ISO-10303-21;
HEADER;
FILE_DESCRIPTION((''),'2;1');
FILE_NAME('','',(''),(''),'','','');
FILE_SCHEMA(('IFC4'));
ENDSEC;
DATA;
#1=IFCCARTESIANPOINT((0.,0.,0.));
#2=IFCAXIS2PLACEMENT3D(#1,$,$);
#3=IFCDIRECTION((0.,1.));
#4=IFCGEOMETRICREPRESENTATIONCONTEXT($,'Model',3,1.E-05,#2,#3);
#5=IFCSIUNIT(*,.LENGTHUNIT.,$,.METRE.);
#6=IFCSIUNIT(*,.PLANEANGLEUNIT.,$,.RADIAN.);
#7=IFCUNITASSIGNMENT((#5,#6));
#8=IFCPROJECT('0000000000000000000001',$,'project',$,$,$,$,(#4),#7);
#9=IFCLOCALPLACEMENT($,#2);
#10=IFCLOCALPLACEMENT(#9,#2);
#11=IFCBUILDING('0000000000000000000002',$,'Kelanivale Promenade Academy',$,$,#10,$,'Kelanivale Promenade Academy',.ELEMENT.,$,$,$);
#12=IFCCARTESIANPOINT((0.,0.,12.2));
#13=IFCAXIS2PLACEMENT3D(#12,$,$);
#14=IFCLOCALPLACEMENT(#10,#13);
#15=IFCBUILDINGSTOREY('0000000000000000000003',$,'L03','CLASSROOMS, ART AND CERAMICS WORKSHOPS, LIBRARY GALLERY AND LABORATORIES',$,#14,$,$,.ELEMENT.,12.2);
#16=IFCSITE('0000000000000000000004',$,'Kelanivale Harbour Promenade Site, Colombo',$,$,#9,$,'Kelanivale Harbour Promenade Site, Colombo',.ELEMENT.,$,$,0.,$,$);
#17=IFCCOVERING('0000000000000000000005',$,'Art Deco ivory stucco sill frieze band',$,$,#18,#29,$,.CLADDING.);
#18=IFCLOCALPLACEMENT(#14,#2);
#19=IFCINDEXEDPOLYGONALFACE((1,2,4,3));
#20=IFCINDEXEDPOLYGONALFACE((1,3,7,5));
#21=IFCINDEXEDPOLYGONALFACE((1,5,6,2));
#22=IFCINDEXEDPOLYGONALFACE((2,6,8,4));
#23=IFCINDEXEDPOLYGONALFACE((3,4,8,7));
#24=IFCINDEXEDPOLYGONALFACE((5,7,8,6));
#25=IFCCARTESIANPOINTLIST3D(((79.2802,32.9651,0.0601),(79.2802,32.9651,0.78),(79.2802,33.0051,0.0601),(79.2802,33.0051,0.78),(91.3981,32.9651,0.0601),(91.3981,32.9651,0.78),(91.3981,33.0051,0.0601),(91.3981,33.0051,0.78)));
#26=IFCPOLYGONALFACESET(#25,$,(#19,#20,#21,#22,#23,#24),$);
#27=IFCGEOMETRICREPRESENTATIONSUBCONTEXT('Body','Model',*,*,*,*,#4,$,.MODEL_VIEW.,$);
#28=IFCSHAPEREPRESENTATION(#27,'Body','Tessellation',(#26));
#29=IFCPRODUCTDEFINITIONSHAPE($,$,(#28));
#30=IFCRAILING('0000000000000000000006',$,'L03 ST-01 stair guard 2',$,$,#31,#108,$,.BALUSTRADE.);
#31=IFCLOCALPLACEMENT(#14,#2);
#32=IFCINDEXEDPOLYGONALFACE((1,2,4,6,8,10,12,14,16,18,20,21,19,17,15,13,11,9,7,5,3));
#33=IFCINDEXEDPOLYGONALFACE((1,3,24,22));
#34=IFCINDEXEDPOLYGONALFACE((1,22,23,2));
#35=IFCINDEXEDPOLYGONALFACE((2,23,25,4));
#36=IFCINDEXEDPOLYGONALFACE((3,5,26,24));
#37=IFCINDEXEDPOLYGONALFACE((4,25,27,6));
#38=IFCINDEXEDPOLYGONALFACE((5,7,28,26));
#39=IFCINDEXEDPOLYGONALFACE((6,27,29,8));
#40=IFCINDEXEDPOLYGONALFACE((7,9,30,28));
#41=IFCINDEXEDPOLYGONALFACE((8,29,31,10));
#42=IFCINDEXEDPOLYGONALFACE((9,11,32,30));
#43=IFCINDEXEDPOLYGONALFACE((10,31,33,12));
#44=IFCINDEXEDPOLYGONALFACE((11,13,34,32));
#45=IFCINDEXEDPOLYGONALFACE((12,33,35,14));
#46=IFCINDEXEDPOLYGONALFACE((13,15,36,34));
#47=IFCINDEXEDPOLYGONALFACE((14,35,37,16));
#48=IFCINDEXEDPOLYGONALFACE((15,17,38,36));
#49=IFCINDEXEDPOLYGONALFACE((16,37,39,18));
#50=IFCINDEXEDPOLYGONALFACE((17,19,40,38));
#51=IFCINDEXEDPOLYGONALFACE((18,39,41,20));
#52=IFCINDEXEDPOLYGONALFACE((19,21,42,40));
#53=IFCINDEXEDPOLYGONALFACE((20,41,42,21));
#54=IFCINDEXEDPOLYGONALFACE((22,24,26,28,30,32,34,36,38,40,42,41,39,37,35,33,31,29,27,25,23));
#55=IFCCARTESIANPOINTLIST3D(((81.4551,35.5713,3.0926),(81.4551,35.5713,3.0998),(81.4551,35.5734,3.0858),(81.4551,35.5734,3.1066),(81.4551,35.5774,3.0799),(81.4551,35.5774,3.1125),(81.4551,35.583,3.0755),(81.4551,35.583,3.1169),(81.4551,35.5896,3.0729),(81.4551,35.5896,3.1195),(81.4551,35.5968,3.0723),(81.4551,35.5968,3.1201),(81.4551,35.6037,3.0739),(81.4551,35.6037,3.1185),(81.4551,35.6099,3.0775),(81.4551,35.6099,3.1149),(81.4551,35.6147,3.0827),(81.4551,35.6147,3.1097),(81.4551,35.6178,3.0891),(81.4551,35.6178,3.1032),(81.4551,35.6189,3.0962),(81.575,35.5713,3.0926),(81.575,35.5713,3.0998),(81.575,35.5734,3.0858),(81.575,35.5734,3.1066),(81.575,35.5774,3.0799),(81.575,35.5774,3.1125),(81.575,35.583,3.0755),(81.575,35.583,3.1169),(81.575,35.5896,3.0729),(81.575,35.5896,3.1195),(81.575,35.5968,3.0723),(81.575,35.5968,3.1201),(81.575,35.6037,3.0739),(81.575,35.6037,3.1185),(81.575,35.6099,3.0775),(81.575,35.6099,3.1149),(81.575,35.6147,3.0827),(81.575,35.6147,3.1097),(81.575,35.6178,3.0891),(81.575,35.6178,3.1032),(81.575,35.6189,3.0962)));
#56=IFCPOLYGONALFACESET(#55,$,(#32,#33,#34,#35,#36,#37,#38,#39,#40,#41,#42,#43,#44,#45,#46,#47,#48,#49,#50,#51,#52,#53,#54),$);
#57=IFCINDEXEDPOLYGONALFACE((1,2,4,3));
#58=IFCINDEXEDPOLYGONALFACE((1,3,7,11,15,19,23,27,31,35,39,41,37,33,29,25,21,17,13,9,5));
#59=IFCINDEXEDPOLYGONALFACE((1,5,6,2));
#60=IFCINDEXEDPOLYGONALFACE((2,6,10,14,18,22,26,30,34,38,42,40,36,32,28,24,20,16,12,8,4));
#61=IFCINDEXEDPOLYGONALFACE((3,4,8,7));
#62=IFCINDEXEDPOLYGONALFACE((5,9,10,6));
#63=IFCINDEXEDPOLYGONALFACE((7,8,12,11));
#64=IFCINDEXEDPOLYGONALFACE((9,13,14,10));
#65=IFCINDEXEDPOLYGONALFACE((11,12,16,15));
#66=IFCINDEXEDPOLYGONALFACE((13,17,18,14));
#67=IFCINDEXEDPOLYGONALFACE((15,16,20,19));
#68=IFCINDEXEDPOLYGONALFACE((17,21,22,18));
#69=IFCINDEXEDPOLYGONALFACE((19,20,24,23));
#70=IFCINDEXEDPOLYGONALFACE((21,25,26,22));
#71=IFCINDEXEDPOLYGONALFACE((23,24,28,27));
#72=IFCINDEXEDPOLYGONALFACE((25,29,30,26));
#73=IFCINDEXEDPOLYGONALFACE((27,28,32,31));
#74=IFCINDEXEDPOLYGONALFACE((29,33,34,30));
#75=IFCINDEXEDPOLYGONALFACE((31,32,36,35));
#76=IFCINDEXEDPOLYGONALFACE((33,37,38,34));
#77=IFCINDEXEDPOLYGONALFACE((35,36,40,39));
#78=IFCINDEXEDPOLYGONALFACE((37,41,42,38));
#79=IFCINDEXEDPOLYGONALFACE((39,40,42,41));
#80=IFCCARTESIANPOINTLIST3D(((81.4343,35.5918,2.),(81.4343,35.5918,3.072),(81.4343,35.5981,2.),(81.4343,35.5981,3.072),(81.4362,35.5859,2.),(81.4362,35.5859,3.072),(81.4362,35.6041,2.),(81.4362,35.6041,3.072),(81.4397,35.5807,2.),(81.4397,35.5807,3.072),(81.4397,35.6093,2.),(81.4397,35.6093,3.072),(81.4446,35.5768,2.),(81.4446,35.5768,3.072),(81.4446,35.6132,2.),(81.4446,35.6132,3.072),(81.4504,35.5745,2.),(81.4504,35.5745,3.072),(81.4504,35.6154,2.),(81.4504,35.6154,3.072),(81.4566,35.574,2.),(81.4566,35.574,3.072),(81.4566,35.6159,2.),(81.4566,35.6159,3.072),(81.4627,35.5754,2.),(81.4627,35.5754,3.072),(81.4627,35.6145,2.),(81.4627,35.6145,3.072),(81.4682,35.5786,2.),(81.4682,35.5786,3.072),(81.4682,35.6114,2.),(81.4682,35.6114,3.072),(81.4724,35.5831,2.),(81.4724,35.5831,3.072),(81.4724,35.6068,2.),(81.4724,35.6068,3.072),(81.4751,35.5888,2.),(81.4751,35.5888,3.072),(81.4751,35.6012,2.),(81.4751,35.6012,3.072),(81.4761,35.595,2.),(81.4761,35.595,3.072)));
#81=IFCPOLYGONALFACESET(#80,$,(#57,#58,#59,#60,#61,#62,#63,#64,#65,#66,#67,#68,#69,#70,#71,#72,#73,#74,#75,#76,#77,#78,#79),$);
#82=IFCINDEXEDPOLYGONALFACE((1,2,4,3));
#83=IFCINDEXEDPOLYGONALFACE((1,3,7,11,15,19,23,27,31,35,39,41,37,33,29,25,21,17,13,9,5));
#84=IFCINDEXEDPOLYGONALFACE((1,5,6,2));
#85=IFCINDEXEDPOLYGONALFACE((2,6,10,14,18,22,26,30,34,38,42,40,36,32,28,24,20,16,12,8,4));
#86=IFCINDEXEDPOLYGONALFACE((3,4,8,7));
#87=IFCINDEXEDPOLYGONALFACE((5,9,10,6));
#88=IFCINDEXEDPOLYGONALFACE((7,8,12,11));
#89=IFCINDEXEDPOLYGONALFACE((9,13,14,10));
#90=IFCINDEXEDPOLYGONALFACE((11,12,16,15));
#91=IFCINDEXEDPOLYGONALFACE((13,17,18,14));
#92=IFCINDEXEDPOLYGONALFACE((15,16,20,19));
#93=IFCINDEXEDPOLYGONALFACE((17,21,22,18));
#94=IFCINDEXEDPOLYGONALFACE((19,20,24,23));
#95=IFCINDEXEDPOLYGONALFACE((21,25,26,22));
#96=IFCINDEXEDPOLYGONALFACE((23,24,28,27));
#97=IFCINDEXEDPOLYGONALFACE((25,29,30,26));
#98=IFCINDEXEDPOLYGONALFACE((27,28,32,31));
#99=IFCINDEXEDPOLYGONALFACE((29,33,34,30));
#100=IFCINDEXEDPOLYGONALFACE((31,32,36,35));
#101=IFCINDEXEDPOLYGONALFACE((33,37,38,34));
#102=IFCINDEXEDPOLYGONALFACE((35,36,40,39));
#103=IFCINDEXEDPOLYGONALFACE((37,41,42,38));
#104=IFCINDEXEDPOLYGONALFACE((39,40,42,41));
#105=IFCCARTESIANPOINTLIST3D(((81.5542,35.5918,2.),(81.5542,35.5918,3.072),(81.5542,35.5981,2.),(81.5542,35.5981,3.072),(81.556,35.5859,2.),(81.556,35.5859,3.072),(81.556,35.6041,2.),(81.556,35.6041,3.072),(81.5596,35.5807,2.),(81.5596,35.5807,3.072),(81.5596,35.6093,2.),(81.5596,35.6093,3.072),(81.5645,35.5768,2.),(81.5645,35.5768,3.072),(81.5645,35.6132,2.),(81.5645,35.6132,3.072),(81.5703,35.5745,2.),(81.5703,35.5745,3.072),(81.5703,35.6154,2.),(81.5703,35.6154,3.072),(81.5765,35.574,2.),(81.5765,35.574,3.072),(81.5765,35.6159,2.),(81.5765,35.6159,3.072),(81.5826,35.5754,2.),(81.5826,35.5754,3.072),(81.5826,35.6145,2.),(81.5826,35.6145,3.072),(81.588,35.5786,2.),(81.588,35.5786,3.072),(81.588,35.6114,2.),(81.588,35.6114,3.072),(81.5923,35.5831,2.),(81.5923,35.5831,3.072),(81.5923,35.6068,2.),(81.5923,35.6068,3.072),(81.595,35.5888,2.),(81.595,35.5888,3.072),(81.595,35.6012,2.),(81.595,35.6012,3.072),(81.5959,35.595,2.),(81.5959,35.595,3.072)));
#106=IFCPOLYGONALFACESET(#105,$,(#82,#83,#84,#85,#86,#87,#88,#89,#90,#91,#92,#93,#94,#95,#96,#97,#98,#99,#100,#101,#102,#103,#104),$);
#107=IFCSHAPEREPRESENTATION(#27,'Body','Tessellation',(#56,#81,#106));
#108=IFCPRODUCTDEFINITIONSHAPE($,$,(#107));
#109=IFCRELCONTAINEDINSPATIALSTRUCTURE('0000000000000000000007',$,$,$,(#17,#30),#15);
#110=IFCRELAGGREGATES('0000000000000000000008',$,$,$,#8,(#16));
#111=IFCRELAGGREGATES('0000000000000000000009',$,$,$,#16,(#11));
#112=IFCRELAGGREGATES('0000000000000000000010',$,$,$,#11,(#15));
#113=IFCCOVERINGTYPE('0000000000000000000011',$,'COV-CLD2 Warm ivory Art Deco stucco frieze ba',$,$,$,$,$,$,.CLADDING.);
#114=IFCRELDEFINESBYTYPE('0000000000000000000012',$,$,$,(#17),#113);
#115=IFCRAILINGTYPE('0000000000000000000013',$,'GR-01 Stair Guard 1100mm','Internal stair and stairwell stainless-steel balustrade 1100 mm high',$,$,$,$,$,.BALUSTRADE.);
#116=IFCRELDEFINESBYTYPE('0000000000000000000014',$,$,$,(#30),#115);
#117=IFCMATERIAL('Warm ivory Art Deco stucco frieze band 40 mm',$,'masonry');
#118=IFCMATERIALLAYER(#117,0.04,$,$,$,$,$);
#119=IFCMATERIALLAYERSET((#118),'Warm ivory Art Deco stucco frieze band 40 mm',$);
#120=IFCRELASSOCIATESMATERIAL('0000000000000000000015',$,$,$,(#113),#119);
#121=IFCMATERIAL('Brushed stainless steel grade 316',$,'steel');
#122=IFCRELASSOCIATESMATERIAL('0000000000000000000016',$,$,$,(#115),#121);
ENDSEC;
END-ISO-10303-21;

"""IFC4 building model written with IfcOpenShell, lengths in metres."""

from ifc_helpers import new_model, si_unit, direction, frame, origin, origin_2d, place, context, subcontext, project, spatial, rectangle, circle, extrude, material, layer, layer_set, type_object, element, save


model = new_model("IFC4")

# Units and contexts
model_context = context("Model", 3, precision=1e-05, world=origin(), true_north=direction((0.0, 1.0)))
body_context = subcontext(model_context, "Body", "Model", "MODEL_VIEW")
ifc_project = project(units=[si_unit("LENGTHUNIT", "METRE"), si_unit("PLANEANGLEUNIT", "RADIAN")], contexts=[model_context])

# Site, building, storey
site_placement = place(None, origin())
site = spatial("IfcSite", under=ifc_project, at=site_placement, Name="Kelanivale Harbour Promenade Site, Colombo", LongName="Kelanivale Harbour Promenade Site, Colombo", CompositionType="ELEMENT", RefElevation=0.0)
building_placement = place(site_placement, origin())
building = spatial("IfcBuilding", under=site, at=building_placement, Name="Kelanivale Promenade Academy", LongName="Kelanivale Promenade Academy", CompositionType="ELEMENT")
storey_placement = place(building_placement, frame((0.0, 0.0, 12.2)))
storey = spatial("IfcBuildingStorey", under=building, at=storey_placement, Name="L03", Description="CLASSROOMS, ART AND CERAMICS WORKSHOPS, LIBRARY GALLERY AND LABORATORIES", CompositionType="ELEMENT", Elevation=12.2)

# Covering
ifc_material_1 = material(Name="Warm ivory Art Deco stucco frieze band 40 mm", Category="masonry")
ifc_layer_1 = layer(ifc_material_1, 0.04)
ifc_layer_set_1 = layer_set([ifc_layer_1], Name="Warm ivory Art Deco stucco frieze band 40 mm")
covering_type = type_object("IfcCoveringType", Name="COV-CLD2 Warm ivory Art Deco stucco frieze ba", PredefinedType="CLADDING", material=ifc_layer_set_1)
covering_1_placement = place(storey_placement, frame((85.3391, 32.9851, 0.0601), z_axis=(0.0, 0.0, 1.0), x_axis=(1.0, 0.0, 0.0)))
element("IfcCovering", 1, at=covering_1_placement, inside=storey, type_object=covering_type, Name="Art Deco ivory stucco sill frieze band", PredefinedType="CLADDING", context=body_context, shape_type="SweptSolid", body=[
    extrude(rectangle(XDim=12.1179, YDim=0.04, at=origin_2d()), origin(), (0.0, 0.0, 1.0), 0.72),
])

# Railing
ifc_material_2 = material(Name="Brushed stainless steel grade 316", Category="steel")
railing_type_1 = type_object("IfcRailingType", Name="GR-01 Stair Guard 1100mm", Description="Internal stair and stairwell stainless-steel balustrade 1100 mm high", PredefinedType="BALUSTRADE", material=ifc_material_2)
railing_1_placement = place(storey_placement, frame((81.4551, 35.595, 2.0)))
element("IfcRailing", 2, at=railing_1_placement, inside=storey, type_object=railing_type_1, Name="L03 ST-01 stair guard 2", PredefinedType="BALUSTRADE", context=body_context, shape_type="SweptSolid", body=[
    extrude(circle(Radius=0.0239, at=origin_2d()), frame((0.0, 0.0, 1.0962), z_axis=(1.0, 0.0, 0.0), x_axis=(0.0, 1.0, 0.0)), (0.0, 0.0, 1.0), 0.1199),
    extrude(circle(Radius=0.021, at=origin_2d()), origin(), (0.0, 0.0, 1.0), 1.072),
    extrude(circle(Radius=0.021, at=origin_2d()), frame((0.1199, 0.0, 0.0)), (0.0, 0.0, 1.0), 1.072),
])

save(model, "model.ifc")
